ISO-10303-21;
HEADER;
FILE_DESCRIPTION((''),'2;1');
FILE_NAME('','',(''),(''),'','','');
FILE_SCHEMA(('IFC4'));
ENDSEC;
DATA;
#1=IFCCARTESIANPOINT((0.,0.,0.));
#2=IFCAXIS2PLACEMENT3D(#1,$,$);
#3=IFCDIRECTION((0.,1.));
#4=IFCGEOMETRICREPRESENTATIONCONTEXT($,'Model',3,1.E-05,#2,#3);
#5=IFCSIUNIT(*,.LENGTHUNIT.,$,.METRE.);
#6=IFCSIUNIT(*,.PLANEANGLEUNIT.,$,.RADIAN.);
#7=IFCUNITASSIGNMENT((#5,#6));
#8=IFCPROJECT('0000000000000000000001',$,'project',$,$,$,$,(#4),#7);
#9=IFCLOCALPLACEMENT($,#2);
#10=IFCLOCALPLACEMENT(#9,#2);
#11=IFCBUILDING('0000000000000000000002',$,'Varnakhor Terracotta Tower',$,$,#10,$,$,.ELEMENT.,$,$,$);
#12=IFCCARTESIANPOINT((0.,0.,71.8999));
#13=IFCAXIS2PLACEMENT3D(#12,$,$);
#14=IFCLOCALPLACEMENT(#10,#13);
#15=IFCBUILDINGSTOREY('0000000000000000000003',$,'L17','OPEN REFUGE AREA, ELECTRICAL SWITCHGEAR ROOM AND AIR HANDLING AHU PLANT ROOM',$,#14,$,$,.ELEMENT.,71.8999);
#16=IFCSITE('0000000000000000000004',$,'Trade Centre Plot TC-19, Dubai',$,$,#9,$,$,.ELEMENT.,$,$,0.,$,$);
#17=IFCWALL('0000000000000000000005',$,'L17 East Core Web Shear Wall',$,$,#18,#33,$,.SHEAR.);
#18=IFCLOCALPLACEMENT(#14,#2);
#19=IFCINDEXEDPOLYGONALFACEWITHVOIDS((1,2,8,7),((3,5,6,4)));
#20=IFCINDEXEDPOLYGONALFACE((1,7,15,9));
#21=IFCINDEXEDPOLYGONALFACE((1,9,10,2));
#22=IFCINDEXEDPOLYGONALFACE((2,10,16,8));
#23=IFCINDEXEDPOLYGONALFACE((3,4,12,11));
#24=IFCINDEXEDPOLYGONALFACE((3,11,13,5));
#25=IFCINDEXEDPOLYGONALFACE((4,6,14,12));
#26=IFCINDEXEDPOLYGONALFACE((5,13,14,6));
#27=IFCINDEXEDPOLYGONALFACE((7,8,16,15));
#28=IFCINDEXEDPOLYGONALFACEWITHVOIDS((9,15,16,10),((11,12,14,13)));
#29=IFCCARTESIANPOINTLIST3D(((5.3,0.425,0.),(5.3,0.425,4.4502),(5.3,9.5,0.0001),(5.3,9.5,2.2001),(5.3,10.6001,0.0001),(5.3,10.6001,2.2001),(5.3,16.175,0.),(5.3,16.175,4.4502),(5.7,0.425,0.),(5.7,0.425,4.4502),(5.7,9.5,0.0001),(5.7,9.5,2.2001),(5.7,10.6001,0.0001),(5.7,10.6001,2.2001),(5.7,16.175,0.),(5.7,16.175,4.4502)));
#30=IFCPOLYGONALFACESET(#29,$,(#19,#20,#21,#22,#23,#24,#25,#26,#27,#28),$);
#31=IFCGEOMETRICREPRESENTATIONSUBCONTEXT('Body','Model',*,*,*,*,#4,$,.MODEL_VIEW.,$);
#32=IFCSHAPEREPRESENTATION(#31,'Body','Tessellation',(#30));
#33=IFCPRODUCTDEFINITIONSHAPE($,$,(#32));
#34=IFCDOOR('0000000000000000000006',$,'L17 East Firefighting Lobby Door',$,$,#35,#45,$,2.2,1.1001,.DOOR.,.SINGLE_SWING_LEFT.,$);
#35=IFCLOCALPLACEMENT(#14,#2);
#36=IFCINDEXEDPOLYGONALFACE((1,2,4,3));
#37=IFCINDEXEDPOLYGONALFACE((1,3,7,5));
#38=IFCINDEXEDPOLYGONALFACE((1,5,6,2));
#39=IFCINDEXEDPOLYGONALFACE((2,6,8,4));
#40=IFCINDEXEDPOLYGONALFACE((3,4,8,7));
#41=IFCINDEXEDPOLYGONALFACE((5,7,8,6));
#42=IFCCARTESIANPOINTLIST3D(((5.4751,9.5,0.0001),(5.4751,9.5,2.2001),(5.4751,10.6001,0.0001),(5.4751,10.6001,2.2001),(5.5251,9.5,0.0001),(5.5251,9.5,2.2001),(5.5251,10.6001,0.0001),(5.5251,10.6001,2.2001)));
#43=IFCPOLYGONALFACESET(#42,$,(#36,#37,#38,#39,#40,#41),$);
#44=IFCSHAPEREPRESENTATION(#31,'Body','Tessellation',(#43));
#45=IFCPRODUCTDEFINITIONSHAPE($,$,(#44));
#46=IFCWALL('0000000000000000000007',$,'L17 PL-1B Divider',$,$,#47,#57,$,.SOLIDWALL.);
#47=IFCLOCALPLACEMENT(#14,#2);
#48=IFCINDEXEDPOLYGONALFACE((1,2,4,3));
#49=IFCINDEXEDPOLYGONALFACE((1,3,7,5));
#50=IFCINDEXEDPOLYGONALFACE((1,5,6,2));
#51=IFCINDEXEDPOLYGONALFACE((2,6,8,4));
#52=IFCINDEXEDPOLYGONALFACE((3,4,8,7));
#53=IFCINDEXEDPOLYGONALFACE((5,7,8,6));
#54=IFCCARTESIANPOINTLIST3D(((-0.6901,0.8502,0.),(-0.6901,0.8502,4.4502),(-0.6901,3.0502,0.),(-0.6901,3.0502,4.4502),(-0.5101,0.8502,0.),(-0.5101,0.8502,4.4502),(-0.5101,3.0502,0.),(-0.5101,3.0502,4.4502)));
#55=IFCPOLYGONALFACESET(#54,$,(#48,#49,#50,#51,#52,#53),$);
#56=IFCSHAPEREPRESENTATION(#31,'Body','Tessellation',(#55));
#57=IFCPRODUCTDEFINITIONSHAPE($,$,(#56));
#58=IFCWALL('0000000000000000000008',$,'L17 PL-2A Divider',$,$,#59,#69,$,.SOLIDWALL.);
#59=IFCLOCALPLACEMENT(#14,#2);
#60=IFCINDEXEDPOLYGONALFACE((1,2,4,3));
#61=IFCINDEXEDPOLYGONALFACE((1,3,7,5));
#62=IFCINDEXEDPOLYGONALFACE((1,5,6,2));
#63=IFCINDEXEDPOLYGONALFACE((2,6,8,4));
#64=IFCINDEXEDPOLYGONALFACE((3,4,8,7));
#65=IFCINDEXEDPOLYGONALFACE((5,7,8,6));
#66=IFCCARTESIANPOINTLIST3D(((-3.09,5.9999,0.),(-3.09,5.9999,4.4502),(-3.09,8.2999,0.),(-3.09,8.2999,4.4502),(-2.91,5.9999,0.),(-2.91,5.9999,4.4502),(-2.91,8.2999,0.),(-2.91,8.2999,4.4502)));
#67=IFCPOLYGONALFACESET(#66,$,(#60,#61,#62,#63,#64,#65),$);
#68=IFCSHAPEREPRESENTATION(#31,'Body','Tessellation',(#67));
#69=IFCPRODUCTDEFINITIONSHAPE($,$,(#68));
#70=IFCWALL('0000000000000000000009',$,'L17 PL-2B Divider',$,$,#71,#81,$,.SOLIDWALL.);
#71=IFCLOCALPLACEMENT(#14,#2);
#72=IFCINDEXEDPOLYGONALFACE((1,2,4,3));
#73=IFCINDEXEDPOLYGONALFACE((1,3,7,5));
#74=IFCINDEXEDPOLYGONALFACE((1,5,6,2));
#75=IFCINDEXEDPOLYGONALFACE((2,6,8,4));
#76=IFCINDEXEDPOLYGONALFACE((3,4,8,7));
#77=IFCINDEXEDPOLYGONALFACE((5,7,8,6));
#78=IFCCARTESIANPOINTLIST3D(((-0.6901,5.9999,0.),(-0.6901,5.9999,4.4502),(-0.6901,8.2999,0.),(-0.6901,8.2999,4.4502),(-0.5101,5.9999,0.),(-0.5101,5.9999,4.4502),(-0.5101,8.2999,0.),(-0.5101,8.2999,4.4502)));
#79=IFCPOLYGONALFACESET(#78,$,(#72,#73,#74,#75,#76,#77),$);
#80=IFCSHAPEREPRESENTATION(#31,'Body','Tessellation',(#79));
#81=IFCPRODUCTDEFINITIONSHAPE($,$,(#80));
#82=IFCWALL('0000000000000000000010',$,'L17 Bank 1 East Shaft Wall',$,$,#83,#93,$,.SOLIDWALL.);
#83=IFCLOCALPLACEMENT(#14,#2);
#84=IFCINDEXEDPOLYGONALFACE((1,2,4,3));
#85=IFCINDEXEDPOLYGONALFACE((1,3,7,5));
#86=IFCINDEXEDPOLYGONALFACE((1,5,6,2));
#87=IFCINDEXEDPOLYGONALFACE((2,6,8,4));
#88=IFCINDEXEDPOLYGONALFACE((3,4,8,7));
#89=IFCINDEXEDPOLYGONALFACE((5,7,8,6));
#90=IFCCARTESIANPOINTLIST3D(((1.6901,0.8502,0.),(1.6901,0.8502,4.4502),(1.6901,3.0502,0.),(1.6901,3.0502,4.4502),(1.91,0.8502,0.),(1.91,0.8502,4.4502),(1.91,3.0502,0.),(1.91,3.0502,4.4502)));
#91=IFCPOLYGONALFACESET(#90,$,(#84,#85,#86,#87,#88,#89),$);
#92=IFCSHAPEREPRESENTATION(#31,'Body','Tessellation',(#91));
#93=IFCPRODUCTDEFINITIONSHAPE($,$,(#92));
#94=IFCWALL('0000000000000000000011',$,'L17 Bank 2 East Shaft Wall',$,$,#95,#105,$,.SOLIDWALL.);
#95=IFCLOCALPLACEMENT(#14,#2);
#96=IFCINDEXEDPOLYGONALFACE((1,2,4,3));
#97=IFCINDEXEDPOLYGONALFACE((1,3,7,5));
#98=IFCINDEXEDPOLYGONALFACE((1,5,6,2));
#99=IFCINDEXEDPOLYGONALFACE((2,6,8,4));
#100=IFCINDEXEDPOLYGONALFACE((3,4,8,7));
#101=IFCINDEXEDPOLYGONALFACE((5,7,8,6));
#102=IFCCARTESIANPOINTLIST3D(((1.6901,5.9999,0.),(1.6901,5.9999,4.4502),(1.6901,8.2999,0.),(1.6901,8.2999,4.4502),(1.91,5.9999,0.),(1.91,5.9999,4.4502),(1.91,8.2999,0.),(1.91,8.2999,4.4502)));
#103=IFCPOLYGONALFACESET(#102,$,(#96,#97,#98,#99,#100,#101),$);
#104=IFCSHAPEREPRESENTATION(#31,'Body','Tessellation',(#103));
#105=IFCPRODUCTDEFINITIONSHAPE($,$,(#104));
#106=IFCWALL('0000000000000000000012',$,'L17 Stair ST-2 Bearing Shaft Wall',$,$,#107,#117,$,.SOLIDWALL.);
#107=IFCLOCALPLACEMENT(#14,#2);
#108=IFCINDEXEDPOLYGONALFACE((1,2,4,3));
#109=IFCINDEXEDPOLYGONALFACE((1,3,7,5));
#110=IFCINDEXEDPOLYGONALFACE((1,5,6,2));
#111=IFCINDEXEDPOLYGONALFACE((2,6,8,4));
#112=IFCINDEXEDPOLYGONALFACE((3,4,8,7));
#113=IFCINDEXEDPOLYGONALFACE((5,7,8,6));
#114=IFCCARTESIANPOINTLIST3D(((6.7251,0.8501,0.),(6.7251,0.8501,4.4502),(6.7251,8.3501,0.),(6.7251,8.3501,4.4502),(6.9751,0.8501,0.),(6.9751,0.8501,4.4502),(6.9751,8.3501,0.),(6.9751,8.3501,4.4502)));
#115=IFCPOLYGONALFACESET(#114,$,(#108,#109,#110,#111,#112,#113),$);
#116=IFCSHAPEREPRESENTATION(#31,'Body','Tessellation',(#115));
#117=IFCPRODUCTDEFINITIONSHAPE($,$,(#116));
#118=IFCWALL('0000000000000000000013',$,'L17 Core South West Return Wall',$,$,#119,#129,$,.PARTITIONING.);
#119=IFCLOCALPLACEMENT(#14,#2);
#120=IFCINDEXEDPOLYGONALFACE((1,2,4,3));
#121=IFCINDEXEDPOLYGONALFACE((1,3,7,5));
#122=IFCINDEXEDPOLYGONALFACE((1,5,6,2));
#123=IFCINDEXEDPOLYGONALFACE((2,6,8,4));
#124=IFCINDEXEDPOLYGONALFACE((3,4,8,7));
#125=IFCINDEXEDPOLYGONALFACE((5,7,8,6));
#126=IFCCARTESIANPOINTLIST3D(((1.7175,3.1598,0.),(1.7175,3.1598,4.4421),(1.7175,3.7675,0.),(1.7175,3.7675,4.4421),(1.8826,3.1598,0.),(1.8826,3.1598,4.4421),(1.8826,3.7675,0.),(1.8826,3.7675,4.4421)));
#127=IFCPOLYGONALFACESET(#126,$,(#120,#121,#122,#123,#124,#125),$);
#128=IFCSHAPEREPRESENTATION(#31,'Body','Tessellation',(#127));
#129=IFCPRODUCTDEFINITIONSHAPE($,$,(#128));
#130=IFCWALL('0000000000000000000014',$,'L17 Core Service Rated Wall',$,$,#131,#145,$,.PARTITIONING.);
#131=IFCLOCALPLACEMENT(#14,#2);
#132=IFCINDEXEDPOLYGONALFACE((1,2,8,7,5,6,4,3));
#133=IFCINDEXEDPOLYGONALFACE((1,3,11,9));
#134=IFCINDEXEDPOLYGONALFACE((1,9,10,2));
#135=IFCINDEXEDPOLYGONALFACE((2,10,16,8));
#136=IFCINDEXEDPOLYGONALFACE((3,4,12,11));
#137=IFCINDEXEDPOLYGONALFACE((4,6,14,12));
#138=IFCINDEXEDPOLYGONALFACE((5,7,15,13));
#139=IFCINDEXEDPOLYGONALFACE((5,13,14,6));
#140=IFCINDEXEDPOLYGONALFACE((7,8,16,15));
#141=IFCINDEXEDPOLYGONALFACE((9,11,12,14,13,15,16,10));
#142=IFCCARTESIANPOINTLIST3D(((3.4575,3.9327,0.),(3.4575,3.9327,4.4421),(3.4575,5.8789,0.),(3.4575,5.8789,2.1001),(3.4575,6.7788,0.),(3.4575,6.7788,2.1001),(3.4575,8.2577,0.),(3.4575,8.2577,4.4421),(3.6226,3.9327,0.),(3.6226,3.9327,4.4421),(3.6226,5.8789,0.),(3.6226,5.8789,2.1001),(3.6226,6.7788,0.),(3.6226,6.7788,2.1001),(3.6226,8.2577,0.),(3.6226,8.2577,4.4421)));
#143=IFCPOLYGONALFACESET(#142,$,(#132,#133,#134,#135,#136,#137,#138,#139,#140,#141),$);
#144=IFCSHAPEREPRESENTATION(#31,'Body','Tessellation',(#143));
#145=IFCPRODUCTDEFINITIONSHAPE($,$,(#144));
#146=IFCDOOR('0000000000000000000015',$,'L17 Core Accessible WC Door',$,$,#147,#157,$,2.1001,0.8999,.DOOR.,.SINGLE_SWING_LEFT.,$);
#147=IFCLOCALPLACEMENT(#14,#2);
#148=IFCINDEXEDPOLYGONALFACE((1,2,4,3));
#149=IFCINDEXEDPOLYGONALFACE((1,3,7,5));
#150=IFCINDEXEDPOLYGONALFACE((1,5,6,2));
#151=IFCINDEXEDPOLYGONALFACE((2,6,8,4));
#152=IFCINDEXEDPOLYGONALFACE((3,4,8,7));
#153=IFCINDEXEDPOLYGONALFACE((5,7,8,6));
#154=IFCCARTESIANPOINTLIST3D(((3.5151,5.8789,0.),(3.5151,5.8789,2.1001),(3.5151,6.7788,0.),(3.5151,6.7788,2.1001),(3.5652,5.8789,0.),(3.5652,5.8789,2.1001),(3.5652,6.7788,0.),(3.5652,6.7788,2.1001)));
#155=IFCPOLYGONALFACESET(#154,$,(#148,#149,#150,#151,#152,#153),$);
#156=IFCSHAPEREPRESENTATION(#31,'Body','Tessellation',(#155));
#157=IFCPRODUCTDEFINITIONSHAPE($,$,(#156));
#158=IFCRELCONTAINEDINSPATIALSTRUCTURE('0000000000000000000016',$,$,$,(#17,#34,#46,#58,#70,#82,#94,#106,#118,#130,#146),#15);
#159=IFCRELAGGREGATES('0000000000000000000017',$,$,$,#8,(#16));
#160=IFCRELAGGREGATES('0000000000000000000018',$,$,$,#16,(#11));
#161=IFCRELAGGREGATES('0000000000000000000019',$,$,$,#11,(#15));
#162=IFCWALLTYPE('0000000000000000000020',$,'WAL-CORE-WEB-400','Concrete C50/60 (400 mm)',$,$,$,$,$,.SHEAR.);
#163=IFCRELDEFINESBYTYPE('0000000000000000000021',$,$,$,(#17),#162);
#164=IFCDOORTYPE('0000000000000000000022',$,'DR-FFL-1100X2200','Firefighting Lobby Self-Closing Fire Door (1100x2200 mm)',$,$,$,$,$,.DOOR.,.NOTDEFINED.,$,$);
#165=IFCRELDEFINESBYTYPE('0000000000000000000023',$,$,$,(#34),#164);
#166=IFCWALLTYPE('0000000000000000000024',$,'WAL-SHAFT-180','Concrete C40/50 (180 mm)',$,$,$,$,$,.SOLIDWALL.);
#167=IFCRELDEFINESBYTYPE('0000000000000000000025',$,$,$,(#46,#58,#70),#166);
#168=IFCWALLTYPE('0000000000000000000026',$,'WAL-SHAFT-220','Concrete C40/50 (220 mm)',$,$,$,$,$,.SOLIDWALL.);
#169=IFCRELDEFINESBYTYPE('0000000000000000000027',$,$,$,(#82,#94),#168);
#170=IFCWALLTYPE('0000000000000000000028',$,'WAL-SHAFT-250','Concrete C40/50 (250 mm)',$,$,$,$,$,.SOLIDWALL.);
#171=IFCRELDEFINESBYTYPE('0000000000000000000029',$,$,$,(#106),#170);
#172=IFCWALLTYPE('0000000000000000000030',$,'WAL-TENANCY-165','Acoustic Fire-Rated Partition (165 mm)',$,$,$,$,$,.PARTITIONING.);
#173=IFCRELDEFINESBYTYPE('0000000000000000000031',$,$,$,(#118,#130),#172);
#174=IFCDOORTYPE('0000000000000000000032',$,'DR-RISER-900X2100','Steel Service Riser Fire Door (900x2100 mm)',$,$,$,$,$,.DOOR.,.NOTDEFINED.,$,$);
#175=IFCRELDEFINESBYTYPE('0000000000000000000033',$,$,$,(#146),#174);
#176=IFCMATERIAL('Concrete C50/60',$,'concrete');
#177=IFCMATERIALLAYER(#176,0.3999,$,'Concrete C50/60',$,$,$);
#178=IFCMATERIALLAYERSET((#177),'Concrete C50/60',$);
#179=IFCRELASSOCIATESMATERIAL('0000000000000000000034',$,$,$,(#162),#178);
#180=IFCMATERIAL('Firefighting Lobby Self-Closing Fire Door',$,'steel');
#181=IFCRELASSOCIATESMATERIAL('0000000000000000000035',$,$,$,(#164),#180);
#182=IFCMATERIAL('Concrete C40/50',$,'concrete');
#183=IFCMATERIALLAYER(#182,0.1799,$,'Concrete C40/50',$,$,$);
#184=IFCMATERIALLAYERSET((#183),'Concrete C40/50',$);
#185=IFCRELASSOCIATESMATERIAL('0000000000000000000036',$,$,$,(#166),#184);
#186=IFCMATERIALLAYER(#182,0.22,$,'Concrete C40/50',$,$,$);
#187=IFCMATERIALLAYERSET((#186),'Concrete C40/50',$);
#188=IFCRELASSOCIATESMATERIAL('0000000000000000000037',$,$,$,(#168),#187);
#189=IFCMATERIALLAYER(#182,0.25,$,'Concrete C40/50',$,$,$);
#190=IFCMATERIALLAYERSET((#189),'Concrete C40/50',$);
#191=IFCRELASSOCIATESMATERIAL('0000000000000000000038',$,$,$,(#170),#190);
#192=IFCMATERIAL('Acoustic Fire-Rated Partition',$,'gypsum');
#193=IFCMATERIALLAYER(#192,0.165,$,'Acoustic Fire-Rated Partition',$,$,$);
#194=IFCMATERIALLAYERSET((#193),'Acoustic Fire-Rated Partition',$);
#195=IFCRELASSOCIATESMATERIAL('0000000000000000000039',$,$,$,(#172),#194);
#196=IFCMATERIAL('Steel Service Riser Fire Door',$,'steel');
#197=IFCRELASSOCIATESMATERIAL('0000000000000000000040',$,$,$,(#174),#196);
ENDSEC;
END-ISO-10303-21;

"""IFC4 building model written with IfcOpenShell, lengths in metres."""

from ifc_helpers import new_model, si_unit, direction, frame, frame_2d, origin, place, context, subcontext, project, spatial, rectangle, extrude, source, transform, mapped, material, layer, layer_set, type_object, type_shapes, element, fill, save


model = new_model("IFC4")

# Units and contexts
model_context = context("Model", 3, precision=1e-05, world=origin(), true_north=direction((0.0, 1.0)))
body_context = subcontext(model_context, "Body", "Model", "MODEL_VIEW")
ifc_project = project(units=[si_unit("LENGTHUNIT", "METRE"), si_unit("PLANEANGLEUNIT", "RADIAN")], contexts=[model_context])

# Site, building, storey
site_placement = place(None, origin())
site = spatial("IfcSite", under=ifc_project, at=site_placement, Name="Trade Centre Plot TC-19, Dubai", CompositionType="ELEMENT", RefElevation=0.0)
building_placement = place(site_placement, origin())
building = spatial("IfcBuilding", under=site, at=building_placement, Name="Varnakhor Terracotta Tower", CompositionType="ELEMENT")
storey_placement = place(building_placement, frame((0.0, 0.0, 71.8999)))
storey = spatial("IfcBuildingStorey", under=building, at=storey_placement, Name="L17", Description="OPEN REFUGE AREA, ELECTRICAL SWITCHGEAR ROOM AND AIR HANDLING AHU PLANT ROOM", CompositionType="ELEMENT", Elevation=71.8999)

# Shared definitions
ifc_material_1 = material(Name="Concrete C50/60", Category="concrete")

# Shared definitions
ifc_material_2 = material(Name="Concrete C40/50", Category="concrete")

# Wall, opening, door
ifc_layer_1 = layer(ifc_material_1, 0.3999, Name="Concrete C50/60")
ifc_layer_set_1 = layer_set([ifc_layer_1], Name="Concrete C50/60")
wall_type_1 = type_object("IfcWallType", Name="WAL-CORE-WEB-400", Description="Concrete C50/60 (400 mm)", PredefinedType="SHEAR", material=ifc_layer_set_1)
wall_1_placement = place(storey_placement, frame((5.5, 0.425, 0.0), z_axis=(0.0, 0.0, 1.0), x_axis=(0.0, 1.0, 0.0)))
wall_1 = element("IfcWall", 1, at=wall_1_placement, inside=storey, type_object=wall_type_1, Name="L17 East Core Web Shear Wall", PredefinedType="SHEAR", context=body_context, shape_type="SweptSolid", body=[
    extrude(rectangle(XDim=15.75, YDim=0.3999, at=frame_2d((7.875, 0.0))), origin(), (0.0, 0.0, 1.0), 4.4502),
])
opening_1_placement = place(wall_1_placement, frame((9.075, 0.0, 0.0)))
opening_1 = element("IfcOpeningElement", 2, at=opening_1_placement, cuts=wall_1, PredefinedType="OPENING", context=body_context, shape_type="SweptSolid", body=[
    extrude(rectangle(XDim=1.1001, YDim=2.2, at=frame_2d((0.55, 1.1001))), frame((0.0, 0.21, 0.0), z_axis=(0.0, -1.0, 0.0), x_axis=(1.0, 0.0, 0.0)), (0.0, 0.0, 1.0), 0.4199),
])
ifc_material_3 = material(Name="Firefighting Lobby Self-Closing Fire Door", Category="steel")
door_type_1 = type_object("IfcDoorType", Name="DR-FFL-1100X2200", Description="Firefighting Lobby Self-Closing Fire Door (1100x2200 mm)", OperationType="NOTDEFINED", PredefinedType="DOOR", material=ifc_material_3)
shared_shape_1 = source(origin(), body_context, "Body", "SweptSolid", [
    extrude(rectangle(XDim=1.1001, YDim=2.2, at=frame_2d((0.55, 1.1001))), frame((0.0, 0.0249, 0.0), z_axis=(0.0, -1.0, 0.0), x_axis=(1.0, 0.0, 0.0)), (0.0, 0.0, 1.0), 0.05),
])
type_shapes(door_type_1, [shared_shape_1])
door_1_placement = place(opening_1_placement, origin())
door_1 = element("IfcDoor", 3, at=door_1_placement, inside=storey, type_object=door_type_1, Name="L17 East Firefighting Lobby Door", OperationType="SINGLE_SWING_LEFT", OverallHeight=2.2, OverallWidth=1.1001, PredefinedType="DOOR", context=body_context, shape_type="MappedRepresentation", body=[
    mapped(shared_shape_1, transform((0.0, 0.0, 0.0), scale=1.0)),
])
fill(opening_1, door_1)

# Walls
ifc_layer_2 = layer(ifc_material_2, 0.1799, Name="Concrete C40/50")
ifc_layer_set_2 = layer_set([ifc_layer_2], Name="Concrete C40/50")
wall_type_2 = type_object("IfcWallType", Name="WAL-SHAFT-180", Description="Concrete C40/50 (180 mm)", PredefinedType="SOLIDWALL", material=ifc_layer_set_2)
wall_2_placement = place(storey_placement, frame((-0.6001, 0.8501, 0.0), z_axis=(0.0, 0.0, 1.0), x_axis=(0.0, 1.0, 0.0)))
element("IfcWall", 4, at=wall_2_placement, inside=storey, type_object=wall_type_2, Name="L17 PL-1B Divider", PredefinedType="SOLIDWALL", context=body_context, shape_type="SweptSolid", body=[
    extrude(rectangle(XDim=2.2, YDim=0.1799, at=frame_2d((1.1001, 0.0))), origin(), (0.0, 0.0, 1.0), 4.4502),
])
for number, where, z_axis, x_axis, name in (
    (5, (-3.0, 6.0, 0.0), (0.0, 0.0, 1.0), (0.0, 1.0, 0.0), "L17 PL-2A Divider"),
    (6, (-0.6001, 6.0, 0.0), (0.0, 0.0, 1.0), (0.0, 1.0, 0.0), "L17 PL-2B Divider"),
):
    element("IfcWall", number, at=place(storey_placement, frame(where, z_axis=z_axis, x_axis=x_axis)), inside=storey, type_object=wall_type_2, Name=name, PredefinedType="SOLIDWALL", context=body_context, shape_type="SweptSolid", body=[
        extrude(rectangle(XDim=2.3, YDim=0.1799, at=frame_2d((1.1499, 0.0))), origin(), (0.0, 0.0, 1.0), 4.4502),
    ])
ifc_layer_3 = layer(ifc_material_2, 0.22, Name="Concrete C40/50")
ifc_layer_set_3 = layer_set([ifc_layer_3], Name="Concrete C40/50")
wall_type_3 = type_object("IfcWallType", Name="WAL-SHAFT-220", Description="Concrete C40/50 (220 mm)", PredefinedType="SOLIDWALL", material=ifc_layer_set_3)
wall_3_placement = place(storey_placement, frame((1.8, 0.8501, 0.0), z_axis=(0.0, 0.0, 1.0), x_axis=(0.0, 1.0, 0.0)))
element("IfcWall", 7, at=wall_3_placement, inside=storey, type_object=wall_type_3, Name="L17 Bank 1 East Shaft Wall", PredefinedType="SOLIDWALL", context=body_context, shape_type="SweptSolid", body=[
    extrude(rectangle(XDim=2.2, YDim=0.22, at=frame_2d((1.1001, 0.0))), origin(), (0.0, 0.0, 1.0), 4.4502),
])
wall_4_placement = place(storey_placement, frame((1.8, 6.0, 0.0), z_axis=(0.0, 0.0, 1.0), x_axis=(0.0, 1.0, 0.0)))
element("IfcWall", 8, at=wall_4_placement, inside=storey, type_object=wall_type_3, Name="L17 Bank 2 East Shaft Wall", PredefinedType="SOLIDWALL", context=body_context, shape_type="SweptSolid", body=[
    extrude(rectangle(XDim=2.3, YDim=0.22, at=frame_2d((1.1499, 0.0))), origin(), (0.0, 0.0, 1.0), 4.4502),
])
ifc_layer_4 = layer(ifc_material_2, 0.25, Name="Concrete C40/50")
ifc_layer_set_4 = layer_set([ifc_layer_4], Name="Concrete C40/50")
wall_type_4 = type_object("IfcWallType", Name="WAL-SHAFT-250", Description="Concrete C40/50 (250 mm)", PredefinedType="SOLIDWALL", material=ifc_layer_set_4)
wall_5_placement = place(storey_placement, frame((6.8501, 0.8501, 0.0), z_axis=(0.0, 0.0, 1.0), x_axis=(0.0, 1.0, 0.0)))
element("IfcWall", 9, at=wall_5_placement, inside=storey, type_object=wall_type_4, Name="L17 Stair ST-2 Bearing Shaft Wall", PredefinedType="SOLIDWALL", context=body_context, shape_type="SweptSolid", body=[
    extrude(rectangle(XDim=7.5, YDim=0.25, at=frame_2d((3.75, 0.0))), origin(), (0.0, 0.0, 1.0), 4.4502),
])
ifc_material_4 = material(Name="Acoustic Fire-Rated Partition", Category="gypsum")
ifc_layer_5 = layer(ifc_material_4, 0.165, Name="Acoustic Fire-Rated Partition")
ifc_layer_set_5 = layer_set([ifc_layer_5], Name="Acoustic Fire-Rated Partition")
wall_type_5 = type_object("IfcWallType", Name="WAL-TENANCY-165", Description="Acoustic Fire-Rated Partition (165 mm)", PredefinedType="PARTITIONING", material=ifc_layer_set_5)
wall_6_placement = place(storey_placement, frame((1.8, 3.1599, 0.0), z_axis=(0.0, 0.0, 1.0), x_axis=(0.0, 1.0, 0.0)))
element("IfcWall", 10, at=wall_6_placement, inside=storey, type_object=wall_type_5, Name="L17 Core South West Return Wall", PredefinedType="PARTITIONING", context=body_context, shape_type="SweptSolid", body=[
    extrude(rectangle(XDim=0.6077, YDim=0.165, at=frame_2d((0.3037, 0.0))), origin(), (0.0, 0.0, 1.0), 4.4421),
])

# Wall, opening, door
wall_7_placement = place(storey_placement, frame((3.54, 3.9326, 0.0), z_axis=(0.0, 0.0, 1.0), x_axis=(0.0, 1.0, 0.0)))
wall_7 = element("IfcWall", 11, at=wall_7_placement, inside=storey, type_object=wall_type_5, Name="L17 Core Service Rated Wall", PredefinedType="PARTITIONING", context=body_context, shape_type="SweptSolid", body=[
    extrude(rectangle(XDim=4.325, YDim=0.165, at=frame_2d((2.1626, 0.0))), origin(), (0.0, 0.0, 1.0), 4.4421),
])
opening_2_placement = place(wall_7_placement, frame((1.9463, 0.0, 0.0)))
opening_2 = element("IfcOpeningElement", 12, at=opening_2_placement, cuts=wall_7, PredefinedType="OPENING", context=body_context, shape_type="SweptSolid", body=[
    extrude(rectangle(XDim=0.8999, YDim=2.1001, at=frame_2d((0.45, 1.05))), frame((0.0, 0.0925, 0.0), z_axis=(0.0, -1.0, 0.0), x_axis=(1.0, 0.0, 0.0)), (0.0, 0.0, 1.0), 0.1851),
])
ifc_material_5 = material(Name="Steel Service Riser Fire Door", Category="steel")
door_type_2 = type_object("IfcDoorType", Name="DR-RISER-900X2100", Description="Steel Service Riser Fire Door (900x2100 mm)", OperationType="NOTDEFINED", PredefinedType="DOOR", material=ifc_material_5)
shared_shape_2 = source(origin(), body_context, "Body", "SweptSolid", [
    extrude(rectangle(XDim=0.8999, YDim=2.1001, at=frame_2d((0.45, 1.05))), frame((0.0, 0.0249, 0.0), z_axis=(0.0, -1.0, 0.0), x_axis=(1.0, 0.0, 0.0)), (0.0, 0.0, 1.0), 0.05),
])
type_shapes(door_type_2, [shared_shape_2])
door_2_placement = place(opening_2_placement, origin())
door_2 = element("IfcDoor", 13, at=door_2_placement, inside=storey, type_object=door_type_2, Name="L17 Core Accessible WC Door", OperationType="SINGLE_SWING_LEFT", OverallHeight=2.1001, OverallWidth=0.8999, PredefinedType="DOOR", context=body_context, shape_type="MappedRepresentation", body=[
    mapped(shared_shape_2, transform((0.0, 0.0, 0.0), scale=1.0)),
])
fill(opening_2, door_2)

save(model, "model.ifc")
